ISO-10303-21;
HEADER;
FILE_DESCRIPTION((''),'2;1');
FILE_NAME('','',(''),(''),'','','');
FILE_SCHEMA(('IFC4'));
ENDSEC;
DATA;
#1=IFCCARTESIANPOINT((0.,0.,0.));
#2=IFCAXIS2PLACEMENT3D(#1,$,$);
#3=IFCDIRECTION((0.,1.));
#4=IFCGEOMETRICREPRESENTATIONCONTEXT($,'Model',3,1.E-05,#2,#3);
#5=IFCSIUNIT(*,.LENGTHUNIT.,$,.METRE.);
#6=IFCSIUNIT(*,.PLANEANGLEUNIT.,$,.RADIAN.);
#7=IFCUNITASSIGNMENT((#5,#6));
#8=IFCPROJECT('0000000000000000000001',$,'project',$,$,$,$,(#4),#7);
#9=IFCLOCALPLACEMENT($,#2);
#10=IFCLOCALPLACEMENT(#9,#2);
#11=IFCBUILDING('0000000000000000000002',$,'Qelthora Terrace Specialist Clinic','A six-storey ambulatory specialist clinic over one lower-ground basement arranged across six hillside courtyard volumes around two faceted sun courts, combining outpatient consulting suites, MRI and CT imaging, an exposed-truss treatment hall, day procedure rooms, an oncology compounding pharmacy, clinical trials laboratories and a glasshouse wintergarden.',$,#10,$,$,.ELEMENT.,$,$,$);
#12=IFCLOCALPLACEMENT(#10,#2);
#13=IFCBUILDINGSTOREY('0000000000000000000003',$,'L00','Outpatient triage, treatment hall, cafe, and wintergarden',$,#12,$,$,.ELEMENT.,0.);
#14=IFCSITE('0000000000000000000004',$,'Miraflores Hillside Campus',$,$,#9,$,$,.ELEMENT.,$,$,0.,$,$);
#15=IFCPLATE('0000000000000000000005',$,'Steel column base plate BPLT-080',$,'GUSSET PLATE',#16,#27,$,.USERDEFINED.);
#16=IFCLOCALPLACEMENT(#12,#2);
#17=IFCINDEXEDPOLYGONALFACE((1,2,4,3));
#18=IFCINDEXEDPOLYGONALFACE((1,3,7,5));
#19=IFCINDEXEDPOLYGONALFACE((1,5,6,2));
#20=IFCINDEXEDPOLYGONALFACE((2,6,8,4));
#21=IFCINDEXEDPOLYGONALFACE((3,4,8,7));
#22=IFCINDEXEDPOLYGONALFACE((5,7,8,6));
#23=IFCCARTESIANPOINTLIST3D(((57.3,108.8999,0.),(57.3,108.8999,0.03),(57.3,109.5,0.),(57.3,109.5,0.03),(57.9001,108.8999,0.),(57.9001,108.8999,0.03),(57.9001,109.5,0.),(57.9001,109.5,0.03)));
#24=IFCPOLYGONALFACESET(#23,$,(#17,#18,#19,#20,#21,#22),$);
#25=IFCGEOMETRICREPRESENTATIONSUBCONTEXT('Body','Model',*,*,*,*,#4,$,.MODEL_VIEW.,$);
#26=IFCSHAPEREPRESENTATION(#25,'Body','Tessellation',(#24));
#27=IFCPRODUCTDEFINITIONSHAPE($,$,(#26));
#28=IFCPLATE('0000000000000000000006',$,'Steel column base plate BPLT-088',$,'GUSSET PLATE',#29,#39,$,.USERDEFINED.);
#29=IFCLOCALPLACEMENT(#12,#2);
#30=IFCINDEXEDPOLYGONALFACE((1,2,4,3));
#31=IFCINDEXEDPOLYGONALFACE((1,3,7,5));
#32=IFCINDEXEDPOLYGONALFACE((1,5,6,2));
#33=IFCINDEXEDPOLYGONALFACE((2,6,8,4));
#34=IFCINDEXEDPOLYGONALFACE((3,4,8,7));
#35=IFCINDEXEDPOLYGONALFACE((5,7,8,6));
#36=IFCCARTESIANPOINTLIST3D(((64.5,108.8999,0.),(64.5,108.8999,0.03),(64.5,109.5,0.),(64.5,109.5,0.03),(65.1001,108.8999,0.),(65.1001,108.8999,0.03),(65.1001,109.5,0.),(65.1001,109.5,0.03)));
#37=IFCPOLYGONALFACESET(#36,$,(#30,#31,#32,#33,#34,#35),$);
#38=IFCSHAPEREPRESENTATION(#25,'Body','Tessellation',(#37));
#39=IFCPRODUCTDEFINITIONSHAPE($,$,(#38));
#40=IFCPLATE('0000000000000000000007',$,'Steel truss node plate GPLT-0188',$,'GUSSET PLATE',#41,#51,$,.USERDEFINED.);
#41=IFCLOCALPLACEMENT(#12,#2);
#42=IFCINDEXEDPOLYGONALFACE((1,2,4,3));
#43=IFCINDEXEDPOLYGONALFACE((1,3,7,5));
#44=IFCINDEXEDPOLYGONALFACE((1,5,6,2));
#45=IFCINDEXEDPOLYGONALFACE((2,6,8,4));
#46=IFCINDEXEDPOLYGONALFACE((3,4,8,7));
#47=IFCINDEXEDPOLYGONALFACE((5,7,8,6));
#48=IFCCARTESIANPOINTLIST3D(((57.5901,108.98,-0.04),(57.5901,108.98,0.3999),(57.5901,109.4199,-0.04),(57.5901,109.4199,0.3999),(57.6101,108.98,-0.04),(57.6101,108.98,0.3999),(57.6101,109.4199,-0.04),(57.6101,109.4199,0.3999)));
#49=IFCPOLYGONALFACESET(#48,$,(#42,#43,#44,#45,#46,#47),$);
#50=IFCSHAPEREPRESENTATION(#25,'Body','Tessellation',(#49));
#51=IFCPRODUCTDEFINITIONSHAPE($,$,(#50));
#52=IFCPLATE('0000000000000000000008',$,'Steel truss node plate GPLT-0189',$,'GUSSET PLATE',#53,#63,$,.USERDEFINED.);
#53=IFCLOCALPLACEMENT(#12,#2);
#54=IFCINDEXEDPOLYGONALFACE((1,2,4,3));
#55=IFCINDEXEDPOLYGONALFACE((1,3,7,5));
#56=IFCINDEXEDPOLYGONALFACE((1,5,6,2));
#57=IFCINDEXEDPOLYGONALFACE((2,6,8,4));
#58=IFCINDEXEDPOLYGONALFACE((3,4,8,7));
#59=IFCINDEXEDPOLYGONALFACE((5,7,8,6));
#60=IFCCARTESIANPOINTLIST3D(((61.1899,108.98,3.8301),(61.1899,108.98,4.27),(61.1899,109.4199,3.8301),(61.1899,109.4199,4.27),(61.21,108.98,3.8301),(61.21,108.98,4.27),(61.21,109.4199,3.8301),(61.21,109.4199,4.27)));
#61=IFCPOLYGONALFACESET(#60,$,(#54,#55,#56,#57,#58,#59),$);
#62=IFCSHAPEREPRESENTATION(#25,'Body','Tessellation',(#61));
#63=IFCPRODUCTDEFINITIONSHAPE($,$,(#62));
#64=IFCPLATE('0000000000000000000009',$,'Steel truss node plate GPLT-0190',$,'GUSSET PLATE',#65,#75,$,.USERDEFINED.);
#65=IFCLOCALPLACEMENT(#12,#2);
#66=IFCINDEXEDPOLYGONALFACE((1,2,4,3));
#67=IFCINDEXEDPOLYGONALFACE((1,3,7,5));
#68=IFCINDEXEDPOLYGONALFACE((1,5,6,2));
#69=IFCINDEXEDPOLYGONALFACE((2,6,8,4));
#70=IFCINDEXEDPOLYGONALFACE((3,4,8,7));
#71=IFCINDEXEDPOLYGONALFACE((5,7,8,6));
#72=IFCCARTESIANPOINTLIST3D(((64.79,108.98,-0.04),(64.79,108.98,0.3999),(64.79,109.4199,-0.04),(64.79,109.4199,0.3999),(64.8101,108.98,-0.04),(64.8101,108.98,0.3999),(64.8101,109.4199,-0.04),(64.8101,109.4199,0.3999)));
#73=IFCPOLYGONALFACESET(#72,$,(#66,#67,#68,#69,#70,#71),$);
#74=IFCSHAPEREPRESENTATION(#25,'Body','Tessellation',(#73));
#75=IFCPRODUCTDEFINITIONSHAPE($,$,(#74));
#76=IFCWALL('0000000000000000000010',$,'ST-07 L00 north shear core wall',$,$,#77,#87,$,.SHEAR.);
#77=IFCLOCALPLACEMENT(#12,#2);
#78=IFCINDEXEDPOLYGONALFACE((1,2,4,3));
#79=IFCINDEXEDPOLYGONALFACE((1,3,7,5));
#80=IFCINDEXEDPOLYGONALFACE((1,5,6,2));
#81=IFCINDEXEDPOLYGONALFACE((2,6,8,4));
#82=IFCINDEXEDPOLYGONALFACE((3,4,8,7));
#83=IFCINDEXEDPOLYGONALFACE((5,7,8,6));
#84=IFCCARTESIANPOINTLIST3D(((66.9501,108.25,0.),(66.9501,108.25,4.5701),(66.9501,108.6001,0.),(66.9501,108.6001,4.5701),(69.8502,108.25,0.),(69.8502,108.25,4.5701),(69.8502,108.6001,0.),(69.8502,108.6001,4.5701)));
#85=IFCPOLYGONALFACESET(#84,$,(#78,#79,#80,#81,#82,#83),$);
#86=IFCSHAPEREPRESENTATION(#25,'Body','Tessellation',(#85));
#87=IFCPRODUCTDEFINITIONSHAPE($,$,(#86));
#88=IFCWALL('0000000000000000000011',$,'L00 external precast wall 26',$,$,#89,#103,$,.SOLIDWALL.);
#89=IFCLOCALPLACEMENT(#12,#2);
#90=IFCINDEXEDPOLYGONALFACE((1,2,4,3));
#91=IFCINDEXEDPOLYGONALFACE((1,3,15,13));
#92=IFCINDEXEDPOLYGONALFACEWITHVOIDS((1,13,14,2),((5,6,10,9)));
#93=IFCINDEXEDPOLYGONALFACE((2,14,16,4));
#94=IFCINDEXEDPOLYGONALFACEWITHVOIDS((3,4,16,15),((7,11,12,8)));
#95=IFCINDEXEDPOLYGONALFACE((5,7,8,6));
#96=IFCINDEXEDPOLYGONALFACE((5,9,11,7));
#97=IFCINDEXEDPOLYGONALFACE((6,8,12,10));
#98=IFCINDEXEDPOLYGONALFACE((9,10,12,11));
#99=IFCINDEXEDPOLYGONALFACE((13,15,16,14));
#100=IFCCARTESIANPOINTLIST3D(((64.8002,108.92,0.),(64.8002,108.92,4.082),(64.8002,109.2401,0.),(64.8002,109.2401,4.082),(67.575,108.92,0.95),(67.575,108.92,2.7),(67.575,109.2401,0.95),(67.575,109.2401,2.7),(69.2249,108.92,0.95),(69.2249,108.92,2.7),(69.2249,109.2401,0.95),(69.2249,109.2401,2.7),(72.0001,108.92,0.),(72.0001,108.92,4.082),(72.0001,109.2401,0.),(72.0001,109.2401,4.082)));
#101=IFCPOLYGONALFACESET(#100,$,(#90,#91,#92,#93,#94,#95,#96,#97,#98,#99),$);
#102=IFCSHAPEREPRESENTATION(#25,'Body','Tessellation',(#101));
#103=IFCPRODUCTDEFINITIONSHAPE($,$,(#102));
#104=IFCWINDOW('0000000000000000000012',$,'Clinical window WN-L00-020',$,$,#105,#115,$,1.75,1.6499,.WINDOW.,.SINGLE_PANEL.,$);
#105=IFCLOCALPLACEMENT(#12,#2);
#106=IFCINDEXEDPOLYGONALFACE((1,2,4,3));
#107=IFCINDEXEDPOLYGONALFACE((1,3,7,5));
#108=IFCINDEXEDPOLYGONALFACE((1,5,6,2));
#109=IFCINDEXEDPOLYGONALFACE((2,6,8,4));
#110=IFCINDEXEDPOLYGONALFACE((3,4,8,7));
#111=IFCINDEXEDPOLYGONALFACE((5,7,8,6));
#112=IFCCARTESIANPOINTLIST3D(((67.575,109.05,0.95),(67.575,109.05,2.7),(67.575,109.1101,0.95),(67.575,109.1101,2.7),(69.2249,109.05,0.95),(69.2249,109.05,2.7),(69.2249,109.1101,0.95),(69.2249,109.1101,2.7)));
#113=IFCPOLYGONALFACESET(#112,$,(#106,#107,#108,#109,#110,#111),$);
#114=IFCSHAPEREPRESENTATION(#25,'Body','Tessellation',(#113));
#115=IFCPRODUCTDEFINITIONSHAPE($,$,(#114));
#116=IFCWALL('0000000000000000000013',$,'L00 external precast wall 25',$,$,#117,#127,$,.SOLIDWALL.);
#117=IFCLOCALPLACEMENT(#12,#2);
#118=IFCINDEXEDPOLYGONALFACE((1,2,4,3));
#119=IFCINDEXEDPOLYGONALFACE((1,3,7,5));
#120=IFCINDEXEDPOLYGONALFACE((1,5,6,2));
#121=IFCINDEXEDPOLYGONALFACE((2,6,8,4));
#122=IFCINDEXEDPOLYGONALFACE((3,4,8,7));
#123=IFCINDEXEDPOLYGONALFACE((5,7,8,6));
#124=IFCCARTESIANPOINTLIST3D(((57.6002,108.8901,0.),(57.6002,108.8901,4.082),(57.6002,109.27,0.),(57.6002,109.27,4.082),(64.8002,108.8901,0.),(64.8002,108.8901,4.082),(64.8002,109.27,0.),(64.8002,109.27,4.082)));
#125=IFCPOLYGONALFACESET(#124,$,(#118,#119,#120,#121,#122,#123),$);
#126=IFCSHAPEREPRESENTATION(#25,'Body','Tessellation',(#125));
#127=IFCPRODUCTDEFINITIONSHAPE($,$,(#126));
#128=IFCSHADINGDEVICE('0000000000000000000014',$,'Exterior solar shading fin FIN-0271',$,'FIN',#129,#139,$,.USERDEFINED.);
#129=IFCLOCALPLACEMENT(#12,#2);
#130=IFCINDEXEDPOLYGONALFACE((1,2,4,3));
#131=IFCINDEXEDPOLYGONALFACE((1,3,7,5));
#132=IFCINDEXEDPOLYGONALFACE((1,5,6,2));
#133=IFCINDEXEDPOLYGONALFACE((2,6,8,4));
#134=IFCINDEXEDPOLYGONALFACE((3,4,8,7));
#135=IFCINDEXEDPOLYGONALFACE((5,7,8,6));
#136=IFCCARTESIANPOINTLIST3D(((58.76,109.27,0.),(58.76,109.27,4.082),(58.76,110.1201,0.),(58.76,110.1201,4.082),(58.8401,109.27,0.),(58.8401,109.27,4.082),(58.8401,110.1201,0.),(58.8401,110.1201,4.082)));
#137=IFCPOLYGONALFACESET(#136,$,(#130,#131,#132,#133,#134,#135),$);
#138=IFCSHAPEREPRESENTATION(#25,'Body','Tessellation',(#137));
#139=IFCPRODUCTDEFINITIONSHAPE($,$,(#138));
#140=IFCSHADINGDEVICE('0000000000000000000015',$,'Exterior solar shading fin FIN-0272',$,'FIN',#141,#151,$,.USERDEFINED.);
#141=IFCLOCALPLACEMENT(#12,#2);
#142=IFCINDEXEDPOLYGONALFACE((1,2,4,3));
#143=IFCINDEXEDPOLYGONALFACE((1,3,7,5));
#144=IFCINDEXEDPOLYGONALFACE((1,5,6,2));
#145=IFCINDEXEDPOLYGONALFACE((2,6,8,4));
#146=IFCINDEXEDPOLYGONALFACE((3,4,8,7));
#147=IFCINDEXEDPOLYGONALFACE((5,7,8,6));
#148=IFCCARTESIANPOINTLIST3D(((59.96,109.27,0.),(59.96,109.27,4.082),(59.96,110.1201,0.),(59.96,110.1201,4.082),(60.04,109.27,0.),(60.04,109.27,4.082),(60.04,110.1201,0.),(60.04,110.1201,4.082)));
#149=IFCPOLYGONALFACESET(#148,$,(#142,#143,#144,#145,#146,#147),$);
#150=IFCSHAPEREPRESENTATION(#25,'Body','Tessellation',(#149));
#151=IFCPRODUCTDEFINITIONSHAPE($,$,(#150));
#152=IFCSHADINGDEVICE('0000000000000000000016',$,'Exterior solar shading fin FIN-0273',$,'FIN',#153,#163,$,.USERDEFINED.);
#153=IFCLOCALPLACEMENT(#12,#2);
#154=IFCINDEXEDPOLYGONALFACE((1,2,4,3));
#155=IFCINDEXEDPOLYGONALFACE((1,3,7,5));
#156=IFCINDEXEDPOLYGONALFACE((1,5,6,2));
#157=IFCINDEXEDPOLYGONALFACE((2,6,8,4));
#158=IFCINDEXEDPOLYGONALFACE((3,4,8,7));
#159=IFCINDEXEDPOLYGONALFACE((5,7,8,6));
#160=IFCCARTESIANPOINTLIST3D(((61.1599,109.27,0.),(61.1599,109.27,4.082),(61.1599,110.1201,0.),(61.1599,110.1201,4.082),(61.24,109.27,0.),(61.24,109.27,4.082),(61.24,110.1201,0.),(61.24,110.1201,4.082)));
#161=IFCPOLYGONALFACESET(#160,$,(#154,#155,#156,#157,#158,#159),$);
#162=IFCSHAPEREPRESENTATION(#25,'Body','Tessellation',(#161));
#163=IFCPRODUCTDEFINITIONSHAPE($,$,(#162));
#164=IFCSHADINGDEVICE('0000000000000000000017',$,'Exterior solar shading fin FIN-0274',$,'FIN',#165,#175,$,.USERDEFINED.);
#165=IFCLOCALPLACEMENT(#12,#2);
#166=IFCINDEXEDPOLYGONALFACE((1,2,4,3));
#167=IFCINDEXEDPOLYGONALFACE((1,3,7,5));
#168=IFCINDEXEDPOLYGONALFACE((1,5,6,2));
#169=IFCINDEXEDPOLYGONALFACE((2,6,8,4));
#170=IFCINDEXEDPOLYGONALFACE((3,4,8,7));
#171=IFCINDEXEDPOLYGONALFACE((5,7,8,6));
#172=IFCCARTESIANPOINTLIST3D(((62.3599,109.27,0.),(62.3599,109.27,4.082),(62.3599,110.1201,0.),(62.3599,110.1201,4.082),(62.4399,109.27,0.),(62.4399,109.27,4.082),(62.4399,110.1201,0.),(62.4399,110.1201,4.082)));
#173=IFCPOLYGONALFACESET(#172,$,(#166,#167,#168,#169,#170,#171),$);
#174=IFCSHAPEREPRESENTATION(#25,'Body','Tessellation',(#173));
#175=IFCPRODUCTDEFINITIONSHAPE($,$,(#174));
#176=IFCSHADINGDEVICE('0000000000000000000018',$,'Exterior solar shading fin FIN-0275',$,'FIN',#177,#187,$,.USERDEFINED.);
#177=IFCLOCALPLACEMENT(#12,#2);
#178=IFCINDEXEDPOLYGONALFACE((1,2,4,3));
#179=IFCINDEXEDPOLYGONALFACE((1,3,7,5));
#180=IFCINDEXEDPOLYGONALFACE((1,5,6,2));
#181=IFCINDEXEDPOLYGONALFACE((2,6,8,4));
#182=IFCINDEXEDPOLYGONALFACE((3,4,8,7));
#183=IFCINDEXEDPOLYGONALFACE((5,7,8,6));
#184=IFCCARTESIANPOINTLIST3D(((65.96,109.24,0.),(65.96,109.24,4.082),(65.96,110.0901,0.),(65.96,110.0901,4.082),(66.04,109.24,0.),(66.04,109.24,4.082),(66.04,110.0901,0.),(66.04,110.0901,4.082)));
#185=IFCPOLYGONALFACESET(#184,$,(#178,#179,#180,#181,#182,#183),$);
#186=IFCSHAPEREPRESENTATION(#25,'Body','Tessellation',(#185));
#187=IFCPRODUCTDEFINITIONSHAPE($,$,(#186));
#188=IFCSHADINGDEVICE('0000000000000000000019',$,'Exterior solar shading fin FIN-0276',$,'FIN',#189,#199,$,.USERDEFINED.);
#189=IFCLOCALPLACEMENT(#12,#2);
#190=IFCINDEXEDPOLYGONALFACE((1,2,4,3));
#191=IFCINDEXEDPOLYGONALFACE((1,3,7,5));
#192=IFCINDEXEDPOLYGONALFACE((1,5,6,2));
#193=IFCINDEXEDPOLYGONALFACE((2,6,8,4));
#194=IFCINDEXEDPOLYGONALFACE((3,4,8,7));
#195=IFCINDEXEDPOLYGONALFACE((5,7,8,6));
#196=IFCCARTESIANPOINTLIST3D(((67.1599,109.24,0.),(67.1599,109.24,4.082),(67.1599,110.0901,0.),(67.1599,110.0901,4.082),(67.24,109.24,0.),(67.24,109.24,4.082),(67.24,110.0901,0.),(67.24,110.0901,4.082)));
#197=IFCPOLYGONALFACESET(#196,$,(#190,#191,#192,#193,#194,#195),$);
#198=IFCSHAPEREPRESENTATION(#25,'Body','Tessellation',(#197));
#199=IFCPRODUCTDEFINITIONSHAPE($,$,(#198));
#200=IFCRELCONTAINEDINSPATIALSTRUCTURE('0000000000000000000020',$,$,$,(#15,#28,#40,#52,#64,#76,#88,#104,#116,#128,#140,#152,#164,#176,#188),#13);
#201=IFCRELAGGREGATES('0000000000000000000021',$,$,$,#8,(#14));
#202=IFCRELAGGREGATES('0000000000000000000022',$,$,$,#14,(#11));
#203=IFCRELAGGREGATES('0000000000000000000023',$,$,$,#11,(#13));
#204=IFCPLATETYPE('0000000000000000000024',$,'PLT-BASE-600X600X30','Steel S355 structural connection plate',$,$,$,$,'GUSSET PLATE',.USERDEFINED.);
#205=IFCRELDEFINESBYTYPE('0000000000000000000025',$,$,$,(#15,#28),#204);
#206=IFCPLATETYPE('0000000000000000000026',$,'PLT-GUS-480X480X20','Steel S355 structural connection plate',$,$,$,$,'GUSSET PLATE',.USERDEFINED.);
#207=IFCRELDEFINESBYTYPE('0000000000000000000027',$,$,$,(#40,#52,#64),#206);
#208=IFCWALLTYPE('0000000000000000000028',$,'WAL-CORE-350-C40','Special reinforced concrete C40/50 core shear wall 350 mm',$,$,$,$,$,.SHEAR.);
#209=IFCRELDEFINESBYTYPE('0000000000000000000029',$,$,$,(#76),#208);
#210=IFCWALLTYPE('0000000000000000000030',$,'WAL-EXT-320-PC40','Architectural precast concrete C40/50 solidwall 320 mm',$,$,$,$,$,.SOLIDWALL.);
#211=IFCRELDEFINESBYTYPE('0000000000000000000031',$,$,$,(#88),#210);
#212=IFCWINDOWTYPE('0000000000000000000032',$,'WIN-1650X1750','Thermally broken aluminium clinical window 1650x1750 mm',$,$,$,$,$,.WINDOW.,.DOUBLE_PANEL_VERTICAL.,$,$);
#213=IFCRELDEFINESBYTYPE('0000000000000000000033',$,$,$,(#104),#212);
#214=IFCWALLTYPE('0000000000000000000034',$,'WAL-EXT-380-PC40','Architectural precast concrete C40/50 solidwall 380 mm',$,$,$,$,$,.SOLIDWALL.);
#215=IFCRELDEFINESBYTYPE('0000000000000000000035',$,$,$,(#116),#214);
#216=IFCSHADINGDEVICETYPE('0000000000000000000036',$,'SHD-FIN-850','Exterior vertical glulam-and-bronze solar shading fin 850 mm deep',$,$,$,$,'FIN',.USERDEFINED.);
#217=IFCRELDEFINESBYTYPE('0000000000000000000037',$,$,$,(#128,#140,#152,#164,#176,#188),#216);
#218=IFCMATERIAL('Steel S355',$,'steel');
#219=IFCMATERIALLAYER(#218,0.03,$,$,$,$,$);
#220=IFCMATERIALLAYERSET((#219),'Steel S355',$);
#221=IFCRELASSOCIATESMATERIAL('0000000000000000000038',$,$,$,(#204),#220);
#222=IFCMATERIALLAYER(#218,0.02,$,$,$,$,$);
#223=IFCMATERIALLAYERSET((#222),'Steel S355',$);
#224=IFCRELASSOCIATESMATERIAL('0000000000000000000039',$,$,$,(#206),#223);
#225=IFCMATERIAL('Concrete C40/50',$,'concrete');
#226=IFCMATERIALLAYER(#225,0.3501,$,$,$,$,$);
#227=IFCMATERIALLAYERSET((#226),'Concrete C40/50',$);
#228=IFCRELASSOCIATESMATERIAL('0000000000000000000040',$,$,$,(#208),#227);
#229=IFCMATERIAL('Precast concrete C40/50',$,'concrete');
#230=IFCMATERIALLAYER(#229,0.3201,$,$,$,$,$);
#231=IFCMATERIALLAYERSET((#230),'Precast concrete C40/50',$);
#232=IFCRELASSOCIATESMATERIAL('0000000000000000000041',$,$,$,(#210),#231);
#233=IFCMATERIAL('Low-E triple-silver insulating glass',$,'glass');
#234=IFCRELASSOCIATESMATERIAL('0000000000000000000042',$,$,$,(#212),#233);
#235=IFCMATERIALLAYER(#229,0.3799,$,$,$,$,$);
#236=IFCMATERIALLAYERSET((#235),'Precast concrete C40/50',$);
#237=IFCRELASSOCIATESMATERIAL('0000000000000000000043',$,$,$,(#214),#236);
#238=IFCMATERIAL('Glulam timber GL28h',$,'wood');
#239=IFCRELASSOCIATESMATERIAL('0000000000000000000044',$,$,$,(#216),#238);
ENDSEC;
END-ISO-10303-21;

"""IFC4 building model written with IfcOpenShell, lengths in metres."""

from ifc_helpers import new_model, si_unit, direction, frame, frame_2d, origin, origin_2d, place, context, subcontext, project, spatial, rectangle, extrude, material, layer, layer_set, type_object, element, fill, save


model = new_model("IFC4")

# Units and contexts
model_context = context("Model", 3, precision=1e-05, world=origin(), true_north=direction((0.0, 1.0)))
body_context = subcontext(model_context, "Body", "Model", "MODEL_VIEW")
ifc_project = project(units=[si_unit("LENGTHUNIT", "METRE"), si_unit("PLANEANGLEUNIT", "RADIAN")], contexts=[model_context])

# Site, building, storey
site_placement = place(None, origin())
site = spatial("IfcSite", under=ifc_project, at=site_placement, Name="Miraflores Hillside Campus", CompositionType="ELEMENT", RefElevation=0.0)
building_placement = place(site_placement, origin())
building = spatial("IfcBuilding", under=site, at=building_placement, Name="Qelthora Terrace Specialist Clinic", Description="A six-storey ambulatory specialist clinic over one lower-ground basement arranged across six hillside courtyard volumes around two faceted sun courts, combining outpatient consulting suites, MRI and CT imaging, an exposed-truss treatment hall, day procedure rooms, an oncology compounding pharmacy, clinical trials laboratories and a glasshouse wintergarden.", CompositionType="ELEMENT")
storey_placement = place(building_placement, origin())
storey = spatial("IfcBuildingStorey", under=building, at=storey_placement, Name="L00", Description="Outpatient triage, treatment hall, cafe, and wintergarden", CompositionType="ELEMENT", Elevation=0.0)

# Shared definitions
ifc_material_1 = material(Name="Steel S355", Category="steel")

# Plates
ifc_layer_1 = layer(ifc_material_1, 0.03)
ifc_layer_set_1 = layer_set([ifc_layer_1], Name="Steel S355")
plate_type_1 = type_object("IfcPlateType", Name="PLT-BASE-600X600X30", Description="Steel S355 structural connection plate", ElementType="GUSSET PLATE", PredefinedType="USERDEFINED", material=ifc_layer_set_1)
for number, where, z_axis, x_axis, name in (
    (1, (57.6001, 109.2, 0.0), (0.0, 0.0, 1.0), (1.0, 0.0, 0.0), "Steel column base plate BPLT-080"),
    (2, (64.8, 109.2, 0.0), (0.0, 0.0, 1.0), (1.0, 0.0, 0.0), "Steel column base plate BPLT-088"),
):
    element("IfcPlate", number, at=place(storey_placement, frame(where, z_axis=z_axis, x_axis=x_axis)), inside=storey, type_object=plate_type_1, Name=name, ObjectType="GUSSET PLATE", PredefinedType="USERDEFINED", context=body_context, shape_type="SweptSolid", body=[
        extrude(rectangle(XDim=0.6001, YDim=0.6001, at=origin_2d()), origin(), (0.0, 0.0, 1.0), 0.03),
    ])
ifc_layer_2 = layer(ifc_material_1, 0.02)
ifc_layer_set_2 = layer_set([ifc_layer_2], Name="Steel S355")
plate_type_2 = type_object("IfcPlateType", Name="PLT-GUS-480X480X20", Description="Steel S355 structural connection plate", ElementType="GUSSET PLATE", PredefinedType="USERDEFINED", material=ifc_layer_set_2)
for number, where, z_axis, x_axis, name in (
    (3, (57.6001, 109.2, -0.04), (0.0, 0.0, 1.0), (1.0, 0.0, 0.0), "Steel truss node plate GPLT-0188"),
    (4, (61.2, 109.2, 3.8301), (0.0, 0.0, 1.0), (1.0, 0.0, 0.0), "Steel truss node plate GPLT-0189"),
    (5, (64.8, 109.2, -0.04), (0.0, 0.0, 1.0), (1.0, 0.0, 0.0), "Steel truss node plate GPLT-0190"),
):
    element("IfcPlate", number, at=place(storey_placement, frame(where, z_axis=z_axis, x_axis=x_axis)), inside=storey, type_object=plate_type_2, Name=name, ObjectType="GUSSET PLATE", PredefinedType="USERDEFINED", context=body_context, shape_type="SweptSolid", body=[
        extrude(rectangle(XDim=0.02, YDim=0.4399, at=origin_2d()), origin(), (0.0, 0.0, 1.0), 0.4399),
    ])

# Wall
ifc_material_2 = material(Name="Concrete C40/50", Category="concrete")
ifc_layer_3 = layer(ifc_material_2, 0.3501)
ifc_layer_set_3 = layer_set([ifc_layer_3], Name="Concrete C40/50")
wall_type_1 = type_object("IfcWallType", Name="WAL-CORE-350-C40", Description="Special reinforced concrete C40/50 core shear wall 350 mm", PredefinedType="SHEAR", material=ifc_layer_set_3)
wall_1_placement = place(storey_placement, frame((66.95, 108.425, 0.0), z_axis=(0.0, 0.0, 1.0), x_axis=(1.0, 0.0, 0.0)))
element("IfcWall", 6, at=wall_1_placement, inside=storey, type_object=wall_type_1, Name="ST-07 L00 north shear core wall", PredefinedType="SHEAR", context=body_context, shape_type="SweptSolid", body=[
    extrude(rectangle(XDim=2.9001, YDim=0.3501, at=frame_2d((1.4502, 0.0))), origin(), (0.0, 0.0, 1.0), 4.5701),
])

# Wall, opening, window
ifc_material_3 = material(Name="Precast concrete C40/50", Category="concrete")
ifc_layer_4 = layer(ifc_material_3, 0.3201)
ifc_layer_set_4 = layer_set([ifc_layer_4], Name="Precast concrete C40/50")
wall_type_2 = type_object("IfcWallType", Name="WAL-EXT-320-PC40", Description="Architectural precast concrete C40/50 solidwall 320 mm", PredefinedType="SOLIDWALL", material=ifc_layer_set_4)
wall_2_placement = place(storey_placement, frame((64.8, 109.0801, 0.0), z_axis=(0.0, 0.0, 1.0), x_axis=(1.0, 0.0, 0.0)))
wall_2 = element("IfcWall", 7, at=wall_2_placement, inside=storey, type_object=wall_type_2, Name="L00 external precast wall 26", PredefinedType="SOLIDWALL", context=body_context, shape_type="SweptSolid", body=[
    extrude(rectangle(XDim=7.2, YDim=0.3201, at=frame_2d((3.6001, 0.0))), origin(), (0.0, 0.0, 1.0), 4.082),
])
opening_placement = place(wall_2_placement, frame((2.7749, 0.0, 0.95)))
opening = element("IfcOpeningElement", 8, at=opening_placement, cuts=wall_2, PredefinedType="OPENING", context=body_context, shape_type="SweptSolid", body=[
    extrude(rectangle(XDim=1.6499, YDim=1.75, at=frame_2d((0.825, 0.875))), frame((0.0, 0.1699, 0.0), z_axis=(0.0, -1.0, 0.0), x_axis=(1.0, 0.0, 0.0)), (0.0, 0.0, 1.0), 0.3401),
])
ifc_material_4 = material(Name="Low-E triple-silver insulating glass", Category="glass")
window_type = type_object("IfcWindowType", Name="WIN-1650X1750", Description="Thermally broken aluminium clinical window 1650x1750 mm", PartitioningType="DOUBLE_PANEL_VERTICAL", PredefinedType="WINDOW", material=ifc_material_4)
window_placement = place(opening_placement, origin())
window = element("IfcWindow", 9, at=window_placement, inside=storey, type_object=window_type, Name="Clinical window WN-L00-020", OverallHeight=1.75, OverallWidth=1.6499, PartitioningType="SINGLE_PANEL", PredefinedType="WINDOW", context=body_context, shape_type="SweptSolid", body=[
    extrude(rectangle(XDim=1.6499, YDim=1.75, at=frame_2d((0.825, 0.875))), frame((0.0, 0.03, 0.0), z_axis=(0.0, -1.0, 0.0), x_axis=(1.0, 0.0, 0.0)), (0.0, 0.0, 1.0), 0.0601),
])
fill(opening, window)

# Wall
ifc_layer_5 = layer(ifc_material_3, 0.3799)
ifc_layer_set_5 = layer_set([ifc_layer_5], Name="Precast concrete C40/50")
wall_type_3 = type_object("IfcWallType", Name="WAL-EXT-380-PC40", Description="Architectural precast concrete C40/50 solidwall 380 mm", PredefinedType="SOLIDWALL", material=ifc_layer_set_5)
wall_3_placement = place(storey_placement, frame((57.6001, 109.0801, 0.0), z_axis=(0.0, 0.0, 1.0), x_axis=(1.0, 0.0, 0.0)))
element("IfcWall", 10, at=wall_3_placement, inside=storey, type_object=wall_type_3, Name="L00 external precast wall 25", PredefinedType="SOLIDWALL", context=body_context, shape_type="SweptSolid", body=[
    extrude(rectangle(XDim=7.2, YDim=0.3799, at=frame_2d((3.6001, 0.0))), origin(), (0.0, 0.0, 1.0), 4.082),
])

# Shading devices
ifc_material_5 = material(Name="Glulam timber GL28h", Category="wood")
shading_device_type_1 = type_object("IfcShadingDeviceType", Name="SHD-FIN-850", Description="Exterior vertical glulam-and-bronze solar shading fin 850 mm deep", ElementType="FIN", PredefinedType="USERDEFINED", material=ifc_material_5)
for number, where, z_axis, x_axis, name in (
    (11, (58.8, 109.6951, 0.0), (0.0, 0.0, 1.0), (0.0, 1.0, 0.0), "Exterior solar shading fin FIN-0271"),
    (12, (60.0, 109.6951, 0.0), (0.0, 0.0, 1.0), (0.0, 1.0, 0.0), "Exterior solar shading fin FIN-0272"),
    (13, (61.2, 109.6951, 0.0), (0.0, 0.0, 1.0), (0.0, 1.0, 0.0), "Exterior solar shading fin FIN-0273"),
    (14, (62.3999, 109.6951, 0.0), (0.0, 0.0, 1.0), (0.0, 1.0, 0.0), "Exterior solar shading fin FIN-0274"),
    (15, (66.0, 109.665, 0.0), (0.0, 0.0, 1.0), (0.0, 1.0, 0.0), "Exterior solar shading fin FIN-0275"),
    (16, (67.2, 109.665, 0.0), (0.0, 0.0, 1.0), (0.0, 1.0, 0.0), "Exterior solar shading fin FIN-0276"),
):
    element("IfcShadingDevice", number, at=place(storey_placement, frame(where, z_axis=z_axis, x_axis=x_axis)), inside=storey, type_object=shading_device_type_1, Name=name, ObjectType="FIN", PredefinedType="USERDEFINED", context=body_context, shape_type="SweptSolid", body=[
        extrude(rectangle(XDim=0.8501, YDim=0.0801, at=origin_2d()), origin(), (0.0, 0.0, 1.0), 4.082),
    ])

save(model, "model.ifc")
